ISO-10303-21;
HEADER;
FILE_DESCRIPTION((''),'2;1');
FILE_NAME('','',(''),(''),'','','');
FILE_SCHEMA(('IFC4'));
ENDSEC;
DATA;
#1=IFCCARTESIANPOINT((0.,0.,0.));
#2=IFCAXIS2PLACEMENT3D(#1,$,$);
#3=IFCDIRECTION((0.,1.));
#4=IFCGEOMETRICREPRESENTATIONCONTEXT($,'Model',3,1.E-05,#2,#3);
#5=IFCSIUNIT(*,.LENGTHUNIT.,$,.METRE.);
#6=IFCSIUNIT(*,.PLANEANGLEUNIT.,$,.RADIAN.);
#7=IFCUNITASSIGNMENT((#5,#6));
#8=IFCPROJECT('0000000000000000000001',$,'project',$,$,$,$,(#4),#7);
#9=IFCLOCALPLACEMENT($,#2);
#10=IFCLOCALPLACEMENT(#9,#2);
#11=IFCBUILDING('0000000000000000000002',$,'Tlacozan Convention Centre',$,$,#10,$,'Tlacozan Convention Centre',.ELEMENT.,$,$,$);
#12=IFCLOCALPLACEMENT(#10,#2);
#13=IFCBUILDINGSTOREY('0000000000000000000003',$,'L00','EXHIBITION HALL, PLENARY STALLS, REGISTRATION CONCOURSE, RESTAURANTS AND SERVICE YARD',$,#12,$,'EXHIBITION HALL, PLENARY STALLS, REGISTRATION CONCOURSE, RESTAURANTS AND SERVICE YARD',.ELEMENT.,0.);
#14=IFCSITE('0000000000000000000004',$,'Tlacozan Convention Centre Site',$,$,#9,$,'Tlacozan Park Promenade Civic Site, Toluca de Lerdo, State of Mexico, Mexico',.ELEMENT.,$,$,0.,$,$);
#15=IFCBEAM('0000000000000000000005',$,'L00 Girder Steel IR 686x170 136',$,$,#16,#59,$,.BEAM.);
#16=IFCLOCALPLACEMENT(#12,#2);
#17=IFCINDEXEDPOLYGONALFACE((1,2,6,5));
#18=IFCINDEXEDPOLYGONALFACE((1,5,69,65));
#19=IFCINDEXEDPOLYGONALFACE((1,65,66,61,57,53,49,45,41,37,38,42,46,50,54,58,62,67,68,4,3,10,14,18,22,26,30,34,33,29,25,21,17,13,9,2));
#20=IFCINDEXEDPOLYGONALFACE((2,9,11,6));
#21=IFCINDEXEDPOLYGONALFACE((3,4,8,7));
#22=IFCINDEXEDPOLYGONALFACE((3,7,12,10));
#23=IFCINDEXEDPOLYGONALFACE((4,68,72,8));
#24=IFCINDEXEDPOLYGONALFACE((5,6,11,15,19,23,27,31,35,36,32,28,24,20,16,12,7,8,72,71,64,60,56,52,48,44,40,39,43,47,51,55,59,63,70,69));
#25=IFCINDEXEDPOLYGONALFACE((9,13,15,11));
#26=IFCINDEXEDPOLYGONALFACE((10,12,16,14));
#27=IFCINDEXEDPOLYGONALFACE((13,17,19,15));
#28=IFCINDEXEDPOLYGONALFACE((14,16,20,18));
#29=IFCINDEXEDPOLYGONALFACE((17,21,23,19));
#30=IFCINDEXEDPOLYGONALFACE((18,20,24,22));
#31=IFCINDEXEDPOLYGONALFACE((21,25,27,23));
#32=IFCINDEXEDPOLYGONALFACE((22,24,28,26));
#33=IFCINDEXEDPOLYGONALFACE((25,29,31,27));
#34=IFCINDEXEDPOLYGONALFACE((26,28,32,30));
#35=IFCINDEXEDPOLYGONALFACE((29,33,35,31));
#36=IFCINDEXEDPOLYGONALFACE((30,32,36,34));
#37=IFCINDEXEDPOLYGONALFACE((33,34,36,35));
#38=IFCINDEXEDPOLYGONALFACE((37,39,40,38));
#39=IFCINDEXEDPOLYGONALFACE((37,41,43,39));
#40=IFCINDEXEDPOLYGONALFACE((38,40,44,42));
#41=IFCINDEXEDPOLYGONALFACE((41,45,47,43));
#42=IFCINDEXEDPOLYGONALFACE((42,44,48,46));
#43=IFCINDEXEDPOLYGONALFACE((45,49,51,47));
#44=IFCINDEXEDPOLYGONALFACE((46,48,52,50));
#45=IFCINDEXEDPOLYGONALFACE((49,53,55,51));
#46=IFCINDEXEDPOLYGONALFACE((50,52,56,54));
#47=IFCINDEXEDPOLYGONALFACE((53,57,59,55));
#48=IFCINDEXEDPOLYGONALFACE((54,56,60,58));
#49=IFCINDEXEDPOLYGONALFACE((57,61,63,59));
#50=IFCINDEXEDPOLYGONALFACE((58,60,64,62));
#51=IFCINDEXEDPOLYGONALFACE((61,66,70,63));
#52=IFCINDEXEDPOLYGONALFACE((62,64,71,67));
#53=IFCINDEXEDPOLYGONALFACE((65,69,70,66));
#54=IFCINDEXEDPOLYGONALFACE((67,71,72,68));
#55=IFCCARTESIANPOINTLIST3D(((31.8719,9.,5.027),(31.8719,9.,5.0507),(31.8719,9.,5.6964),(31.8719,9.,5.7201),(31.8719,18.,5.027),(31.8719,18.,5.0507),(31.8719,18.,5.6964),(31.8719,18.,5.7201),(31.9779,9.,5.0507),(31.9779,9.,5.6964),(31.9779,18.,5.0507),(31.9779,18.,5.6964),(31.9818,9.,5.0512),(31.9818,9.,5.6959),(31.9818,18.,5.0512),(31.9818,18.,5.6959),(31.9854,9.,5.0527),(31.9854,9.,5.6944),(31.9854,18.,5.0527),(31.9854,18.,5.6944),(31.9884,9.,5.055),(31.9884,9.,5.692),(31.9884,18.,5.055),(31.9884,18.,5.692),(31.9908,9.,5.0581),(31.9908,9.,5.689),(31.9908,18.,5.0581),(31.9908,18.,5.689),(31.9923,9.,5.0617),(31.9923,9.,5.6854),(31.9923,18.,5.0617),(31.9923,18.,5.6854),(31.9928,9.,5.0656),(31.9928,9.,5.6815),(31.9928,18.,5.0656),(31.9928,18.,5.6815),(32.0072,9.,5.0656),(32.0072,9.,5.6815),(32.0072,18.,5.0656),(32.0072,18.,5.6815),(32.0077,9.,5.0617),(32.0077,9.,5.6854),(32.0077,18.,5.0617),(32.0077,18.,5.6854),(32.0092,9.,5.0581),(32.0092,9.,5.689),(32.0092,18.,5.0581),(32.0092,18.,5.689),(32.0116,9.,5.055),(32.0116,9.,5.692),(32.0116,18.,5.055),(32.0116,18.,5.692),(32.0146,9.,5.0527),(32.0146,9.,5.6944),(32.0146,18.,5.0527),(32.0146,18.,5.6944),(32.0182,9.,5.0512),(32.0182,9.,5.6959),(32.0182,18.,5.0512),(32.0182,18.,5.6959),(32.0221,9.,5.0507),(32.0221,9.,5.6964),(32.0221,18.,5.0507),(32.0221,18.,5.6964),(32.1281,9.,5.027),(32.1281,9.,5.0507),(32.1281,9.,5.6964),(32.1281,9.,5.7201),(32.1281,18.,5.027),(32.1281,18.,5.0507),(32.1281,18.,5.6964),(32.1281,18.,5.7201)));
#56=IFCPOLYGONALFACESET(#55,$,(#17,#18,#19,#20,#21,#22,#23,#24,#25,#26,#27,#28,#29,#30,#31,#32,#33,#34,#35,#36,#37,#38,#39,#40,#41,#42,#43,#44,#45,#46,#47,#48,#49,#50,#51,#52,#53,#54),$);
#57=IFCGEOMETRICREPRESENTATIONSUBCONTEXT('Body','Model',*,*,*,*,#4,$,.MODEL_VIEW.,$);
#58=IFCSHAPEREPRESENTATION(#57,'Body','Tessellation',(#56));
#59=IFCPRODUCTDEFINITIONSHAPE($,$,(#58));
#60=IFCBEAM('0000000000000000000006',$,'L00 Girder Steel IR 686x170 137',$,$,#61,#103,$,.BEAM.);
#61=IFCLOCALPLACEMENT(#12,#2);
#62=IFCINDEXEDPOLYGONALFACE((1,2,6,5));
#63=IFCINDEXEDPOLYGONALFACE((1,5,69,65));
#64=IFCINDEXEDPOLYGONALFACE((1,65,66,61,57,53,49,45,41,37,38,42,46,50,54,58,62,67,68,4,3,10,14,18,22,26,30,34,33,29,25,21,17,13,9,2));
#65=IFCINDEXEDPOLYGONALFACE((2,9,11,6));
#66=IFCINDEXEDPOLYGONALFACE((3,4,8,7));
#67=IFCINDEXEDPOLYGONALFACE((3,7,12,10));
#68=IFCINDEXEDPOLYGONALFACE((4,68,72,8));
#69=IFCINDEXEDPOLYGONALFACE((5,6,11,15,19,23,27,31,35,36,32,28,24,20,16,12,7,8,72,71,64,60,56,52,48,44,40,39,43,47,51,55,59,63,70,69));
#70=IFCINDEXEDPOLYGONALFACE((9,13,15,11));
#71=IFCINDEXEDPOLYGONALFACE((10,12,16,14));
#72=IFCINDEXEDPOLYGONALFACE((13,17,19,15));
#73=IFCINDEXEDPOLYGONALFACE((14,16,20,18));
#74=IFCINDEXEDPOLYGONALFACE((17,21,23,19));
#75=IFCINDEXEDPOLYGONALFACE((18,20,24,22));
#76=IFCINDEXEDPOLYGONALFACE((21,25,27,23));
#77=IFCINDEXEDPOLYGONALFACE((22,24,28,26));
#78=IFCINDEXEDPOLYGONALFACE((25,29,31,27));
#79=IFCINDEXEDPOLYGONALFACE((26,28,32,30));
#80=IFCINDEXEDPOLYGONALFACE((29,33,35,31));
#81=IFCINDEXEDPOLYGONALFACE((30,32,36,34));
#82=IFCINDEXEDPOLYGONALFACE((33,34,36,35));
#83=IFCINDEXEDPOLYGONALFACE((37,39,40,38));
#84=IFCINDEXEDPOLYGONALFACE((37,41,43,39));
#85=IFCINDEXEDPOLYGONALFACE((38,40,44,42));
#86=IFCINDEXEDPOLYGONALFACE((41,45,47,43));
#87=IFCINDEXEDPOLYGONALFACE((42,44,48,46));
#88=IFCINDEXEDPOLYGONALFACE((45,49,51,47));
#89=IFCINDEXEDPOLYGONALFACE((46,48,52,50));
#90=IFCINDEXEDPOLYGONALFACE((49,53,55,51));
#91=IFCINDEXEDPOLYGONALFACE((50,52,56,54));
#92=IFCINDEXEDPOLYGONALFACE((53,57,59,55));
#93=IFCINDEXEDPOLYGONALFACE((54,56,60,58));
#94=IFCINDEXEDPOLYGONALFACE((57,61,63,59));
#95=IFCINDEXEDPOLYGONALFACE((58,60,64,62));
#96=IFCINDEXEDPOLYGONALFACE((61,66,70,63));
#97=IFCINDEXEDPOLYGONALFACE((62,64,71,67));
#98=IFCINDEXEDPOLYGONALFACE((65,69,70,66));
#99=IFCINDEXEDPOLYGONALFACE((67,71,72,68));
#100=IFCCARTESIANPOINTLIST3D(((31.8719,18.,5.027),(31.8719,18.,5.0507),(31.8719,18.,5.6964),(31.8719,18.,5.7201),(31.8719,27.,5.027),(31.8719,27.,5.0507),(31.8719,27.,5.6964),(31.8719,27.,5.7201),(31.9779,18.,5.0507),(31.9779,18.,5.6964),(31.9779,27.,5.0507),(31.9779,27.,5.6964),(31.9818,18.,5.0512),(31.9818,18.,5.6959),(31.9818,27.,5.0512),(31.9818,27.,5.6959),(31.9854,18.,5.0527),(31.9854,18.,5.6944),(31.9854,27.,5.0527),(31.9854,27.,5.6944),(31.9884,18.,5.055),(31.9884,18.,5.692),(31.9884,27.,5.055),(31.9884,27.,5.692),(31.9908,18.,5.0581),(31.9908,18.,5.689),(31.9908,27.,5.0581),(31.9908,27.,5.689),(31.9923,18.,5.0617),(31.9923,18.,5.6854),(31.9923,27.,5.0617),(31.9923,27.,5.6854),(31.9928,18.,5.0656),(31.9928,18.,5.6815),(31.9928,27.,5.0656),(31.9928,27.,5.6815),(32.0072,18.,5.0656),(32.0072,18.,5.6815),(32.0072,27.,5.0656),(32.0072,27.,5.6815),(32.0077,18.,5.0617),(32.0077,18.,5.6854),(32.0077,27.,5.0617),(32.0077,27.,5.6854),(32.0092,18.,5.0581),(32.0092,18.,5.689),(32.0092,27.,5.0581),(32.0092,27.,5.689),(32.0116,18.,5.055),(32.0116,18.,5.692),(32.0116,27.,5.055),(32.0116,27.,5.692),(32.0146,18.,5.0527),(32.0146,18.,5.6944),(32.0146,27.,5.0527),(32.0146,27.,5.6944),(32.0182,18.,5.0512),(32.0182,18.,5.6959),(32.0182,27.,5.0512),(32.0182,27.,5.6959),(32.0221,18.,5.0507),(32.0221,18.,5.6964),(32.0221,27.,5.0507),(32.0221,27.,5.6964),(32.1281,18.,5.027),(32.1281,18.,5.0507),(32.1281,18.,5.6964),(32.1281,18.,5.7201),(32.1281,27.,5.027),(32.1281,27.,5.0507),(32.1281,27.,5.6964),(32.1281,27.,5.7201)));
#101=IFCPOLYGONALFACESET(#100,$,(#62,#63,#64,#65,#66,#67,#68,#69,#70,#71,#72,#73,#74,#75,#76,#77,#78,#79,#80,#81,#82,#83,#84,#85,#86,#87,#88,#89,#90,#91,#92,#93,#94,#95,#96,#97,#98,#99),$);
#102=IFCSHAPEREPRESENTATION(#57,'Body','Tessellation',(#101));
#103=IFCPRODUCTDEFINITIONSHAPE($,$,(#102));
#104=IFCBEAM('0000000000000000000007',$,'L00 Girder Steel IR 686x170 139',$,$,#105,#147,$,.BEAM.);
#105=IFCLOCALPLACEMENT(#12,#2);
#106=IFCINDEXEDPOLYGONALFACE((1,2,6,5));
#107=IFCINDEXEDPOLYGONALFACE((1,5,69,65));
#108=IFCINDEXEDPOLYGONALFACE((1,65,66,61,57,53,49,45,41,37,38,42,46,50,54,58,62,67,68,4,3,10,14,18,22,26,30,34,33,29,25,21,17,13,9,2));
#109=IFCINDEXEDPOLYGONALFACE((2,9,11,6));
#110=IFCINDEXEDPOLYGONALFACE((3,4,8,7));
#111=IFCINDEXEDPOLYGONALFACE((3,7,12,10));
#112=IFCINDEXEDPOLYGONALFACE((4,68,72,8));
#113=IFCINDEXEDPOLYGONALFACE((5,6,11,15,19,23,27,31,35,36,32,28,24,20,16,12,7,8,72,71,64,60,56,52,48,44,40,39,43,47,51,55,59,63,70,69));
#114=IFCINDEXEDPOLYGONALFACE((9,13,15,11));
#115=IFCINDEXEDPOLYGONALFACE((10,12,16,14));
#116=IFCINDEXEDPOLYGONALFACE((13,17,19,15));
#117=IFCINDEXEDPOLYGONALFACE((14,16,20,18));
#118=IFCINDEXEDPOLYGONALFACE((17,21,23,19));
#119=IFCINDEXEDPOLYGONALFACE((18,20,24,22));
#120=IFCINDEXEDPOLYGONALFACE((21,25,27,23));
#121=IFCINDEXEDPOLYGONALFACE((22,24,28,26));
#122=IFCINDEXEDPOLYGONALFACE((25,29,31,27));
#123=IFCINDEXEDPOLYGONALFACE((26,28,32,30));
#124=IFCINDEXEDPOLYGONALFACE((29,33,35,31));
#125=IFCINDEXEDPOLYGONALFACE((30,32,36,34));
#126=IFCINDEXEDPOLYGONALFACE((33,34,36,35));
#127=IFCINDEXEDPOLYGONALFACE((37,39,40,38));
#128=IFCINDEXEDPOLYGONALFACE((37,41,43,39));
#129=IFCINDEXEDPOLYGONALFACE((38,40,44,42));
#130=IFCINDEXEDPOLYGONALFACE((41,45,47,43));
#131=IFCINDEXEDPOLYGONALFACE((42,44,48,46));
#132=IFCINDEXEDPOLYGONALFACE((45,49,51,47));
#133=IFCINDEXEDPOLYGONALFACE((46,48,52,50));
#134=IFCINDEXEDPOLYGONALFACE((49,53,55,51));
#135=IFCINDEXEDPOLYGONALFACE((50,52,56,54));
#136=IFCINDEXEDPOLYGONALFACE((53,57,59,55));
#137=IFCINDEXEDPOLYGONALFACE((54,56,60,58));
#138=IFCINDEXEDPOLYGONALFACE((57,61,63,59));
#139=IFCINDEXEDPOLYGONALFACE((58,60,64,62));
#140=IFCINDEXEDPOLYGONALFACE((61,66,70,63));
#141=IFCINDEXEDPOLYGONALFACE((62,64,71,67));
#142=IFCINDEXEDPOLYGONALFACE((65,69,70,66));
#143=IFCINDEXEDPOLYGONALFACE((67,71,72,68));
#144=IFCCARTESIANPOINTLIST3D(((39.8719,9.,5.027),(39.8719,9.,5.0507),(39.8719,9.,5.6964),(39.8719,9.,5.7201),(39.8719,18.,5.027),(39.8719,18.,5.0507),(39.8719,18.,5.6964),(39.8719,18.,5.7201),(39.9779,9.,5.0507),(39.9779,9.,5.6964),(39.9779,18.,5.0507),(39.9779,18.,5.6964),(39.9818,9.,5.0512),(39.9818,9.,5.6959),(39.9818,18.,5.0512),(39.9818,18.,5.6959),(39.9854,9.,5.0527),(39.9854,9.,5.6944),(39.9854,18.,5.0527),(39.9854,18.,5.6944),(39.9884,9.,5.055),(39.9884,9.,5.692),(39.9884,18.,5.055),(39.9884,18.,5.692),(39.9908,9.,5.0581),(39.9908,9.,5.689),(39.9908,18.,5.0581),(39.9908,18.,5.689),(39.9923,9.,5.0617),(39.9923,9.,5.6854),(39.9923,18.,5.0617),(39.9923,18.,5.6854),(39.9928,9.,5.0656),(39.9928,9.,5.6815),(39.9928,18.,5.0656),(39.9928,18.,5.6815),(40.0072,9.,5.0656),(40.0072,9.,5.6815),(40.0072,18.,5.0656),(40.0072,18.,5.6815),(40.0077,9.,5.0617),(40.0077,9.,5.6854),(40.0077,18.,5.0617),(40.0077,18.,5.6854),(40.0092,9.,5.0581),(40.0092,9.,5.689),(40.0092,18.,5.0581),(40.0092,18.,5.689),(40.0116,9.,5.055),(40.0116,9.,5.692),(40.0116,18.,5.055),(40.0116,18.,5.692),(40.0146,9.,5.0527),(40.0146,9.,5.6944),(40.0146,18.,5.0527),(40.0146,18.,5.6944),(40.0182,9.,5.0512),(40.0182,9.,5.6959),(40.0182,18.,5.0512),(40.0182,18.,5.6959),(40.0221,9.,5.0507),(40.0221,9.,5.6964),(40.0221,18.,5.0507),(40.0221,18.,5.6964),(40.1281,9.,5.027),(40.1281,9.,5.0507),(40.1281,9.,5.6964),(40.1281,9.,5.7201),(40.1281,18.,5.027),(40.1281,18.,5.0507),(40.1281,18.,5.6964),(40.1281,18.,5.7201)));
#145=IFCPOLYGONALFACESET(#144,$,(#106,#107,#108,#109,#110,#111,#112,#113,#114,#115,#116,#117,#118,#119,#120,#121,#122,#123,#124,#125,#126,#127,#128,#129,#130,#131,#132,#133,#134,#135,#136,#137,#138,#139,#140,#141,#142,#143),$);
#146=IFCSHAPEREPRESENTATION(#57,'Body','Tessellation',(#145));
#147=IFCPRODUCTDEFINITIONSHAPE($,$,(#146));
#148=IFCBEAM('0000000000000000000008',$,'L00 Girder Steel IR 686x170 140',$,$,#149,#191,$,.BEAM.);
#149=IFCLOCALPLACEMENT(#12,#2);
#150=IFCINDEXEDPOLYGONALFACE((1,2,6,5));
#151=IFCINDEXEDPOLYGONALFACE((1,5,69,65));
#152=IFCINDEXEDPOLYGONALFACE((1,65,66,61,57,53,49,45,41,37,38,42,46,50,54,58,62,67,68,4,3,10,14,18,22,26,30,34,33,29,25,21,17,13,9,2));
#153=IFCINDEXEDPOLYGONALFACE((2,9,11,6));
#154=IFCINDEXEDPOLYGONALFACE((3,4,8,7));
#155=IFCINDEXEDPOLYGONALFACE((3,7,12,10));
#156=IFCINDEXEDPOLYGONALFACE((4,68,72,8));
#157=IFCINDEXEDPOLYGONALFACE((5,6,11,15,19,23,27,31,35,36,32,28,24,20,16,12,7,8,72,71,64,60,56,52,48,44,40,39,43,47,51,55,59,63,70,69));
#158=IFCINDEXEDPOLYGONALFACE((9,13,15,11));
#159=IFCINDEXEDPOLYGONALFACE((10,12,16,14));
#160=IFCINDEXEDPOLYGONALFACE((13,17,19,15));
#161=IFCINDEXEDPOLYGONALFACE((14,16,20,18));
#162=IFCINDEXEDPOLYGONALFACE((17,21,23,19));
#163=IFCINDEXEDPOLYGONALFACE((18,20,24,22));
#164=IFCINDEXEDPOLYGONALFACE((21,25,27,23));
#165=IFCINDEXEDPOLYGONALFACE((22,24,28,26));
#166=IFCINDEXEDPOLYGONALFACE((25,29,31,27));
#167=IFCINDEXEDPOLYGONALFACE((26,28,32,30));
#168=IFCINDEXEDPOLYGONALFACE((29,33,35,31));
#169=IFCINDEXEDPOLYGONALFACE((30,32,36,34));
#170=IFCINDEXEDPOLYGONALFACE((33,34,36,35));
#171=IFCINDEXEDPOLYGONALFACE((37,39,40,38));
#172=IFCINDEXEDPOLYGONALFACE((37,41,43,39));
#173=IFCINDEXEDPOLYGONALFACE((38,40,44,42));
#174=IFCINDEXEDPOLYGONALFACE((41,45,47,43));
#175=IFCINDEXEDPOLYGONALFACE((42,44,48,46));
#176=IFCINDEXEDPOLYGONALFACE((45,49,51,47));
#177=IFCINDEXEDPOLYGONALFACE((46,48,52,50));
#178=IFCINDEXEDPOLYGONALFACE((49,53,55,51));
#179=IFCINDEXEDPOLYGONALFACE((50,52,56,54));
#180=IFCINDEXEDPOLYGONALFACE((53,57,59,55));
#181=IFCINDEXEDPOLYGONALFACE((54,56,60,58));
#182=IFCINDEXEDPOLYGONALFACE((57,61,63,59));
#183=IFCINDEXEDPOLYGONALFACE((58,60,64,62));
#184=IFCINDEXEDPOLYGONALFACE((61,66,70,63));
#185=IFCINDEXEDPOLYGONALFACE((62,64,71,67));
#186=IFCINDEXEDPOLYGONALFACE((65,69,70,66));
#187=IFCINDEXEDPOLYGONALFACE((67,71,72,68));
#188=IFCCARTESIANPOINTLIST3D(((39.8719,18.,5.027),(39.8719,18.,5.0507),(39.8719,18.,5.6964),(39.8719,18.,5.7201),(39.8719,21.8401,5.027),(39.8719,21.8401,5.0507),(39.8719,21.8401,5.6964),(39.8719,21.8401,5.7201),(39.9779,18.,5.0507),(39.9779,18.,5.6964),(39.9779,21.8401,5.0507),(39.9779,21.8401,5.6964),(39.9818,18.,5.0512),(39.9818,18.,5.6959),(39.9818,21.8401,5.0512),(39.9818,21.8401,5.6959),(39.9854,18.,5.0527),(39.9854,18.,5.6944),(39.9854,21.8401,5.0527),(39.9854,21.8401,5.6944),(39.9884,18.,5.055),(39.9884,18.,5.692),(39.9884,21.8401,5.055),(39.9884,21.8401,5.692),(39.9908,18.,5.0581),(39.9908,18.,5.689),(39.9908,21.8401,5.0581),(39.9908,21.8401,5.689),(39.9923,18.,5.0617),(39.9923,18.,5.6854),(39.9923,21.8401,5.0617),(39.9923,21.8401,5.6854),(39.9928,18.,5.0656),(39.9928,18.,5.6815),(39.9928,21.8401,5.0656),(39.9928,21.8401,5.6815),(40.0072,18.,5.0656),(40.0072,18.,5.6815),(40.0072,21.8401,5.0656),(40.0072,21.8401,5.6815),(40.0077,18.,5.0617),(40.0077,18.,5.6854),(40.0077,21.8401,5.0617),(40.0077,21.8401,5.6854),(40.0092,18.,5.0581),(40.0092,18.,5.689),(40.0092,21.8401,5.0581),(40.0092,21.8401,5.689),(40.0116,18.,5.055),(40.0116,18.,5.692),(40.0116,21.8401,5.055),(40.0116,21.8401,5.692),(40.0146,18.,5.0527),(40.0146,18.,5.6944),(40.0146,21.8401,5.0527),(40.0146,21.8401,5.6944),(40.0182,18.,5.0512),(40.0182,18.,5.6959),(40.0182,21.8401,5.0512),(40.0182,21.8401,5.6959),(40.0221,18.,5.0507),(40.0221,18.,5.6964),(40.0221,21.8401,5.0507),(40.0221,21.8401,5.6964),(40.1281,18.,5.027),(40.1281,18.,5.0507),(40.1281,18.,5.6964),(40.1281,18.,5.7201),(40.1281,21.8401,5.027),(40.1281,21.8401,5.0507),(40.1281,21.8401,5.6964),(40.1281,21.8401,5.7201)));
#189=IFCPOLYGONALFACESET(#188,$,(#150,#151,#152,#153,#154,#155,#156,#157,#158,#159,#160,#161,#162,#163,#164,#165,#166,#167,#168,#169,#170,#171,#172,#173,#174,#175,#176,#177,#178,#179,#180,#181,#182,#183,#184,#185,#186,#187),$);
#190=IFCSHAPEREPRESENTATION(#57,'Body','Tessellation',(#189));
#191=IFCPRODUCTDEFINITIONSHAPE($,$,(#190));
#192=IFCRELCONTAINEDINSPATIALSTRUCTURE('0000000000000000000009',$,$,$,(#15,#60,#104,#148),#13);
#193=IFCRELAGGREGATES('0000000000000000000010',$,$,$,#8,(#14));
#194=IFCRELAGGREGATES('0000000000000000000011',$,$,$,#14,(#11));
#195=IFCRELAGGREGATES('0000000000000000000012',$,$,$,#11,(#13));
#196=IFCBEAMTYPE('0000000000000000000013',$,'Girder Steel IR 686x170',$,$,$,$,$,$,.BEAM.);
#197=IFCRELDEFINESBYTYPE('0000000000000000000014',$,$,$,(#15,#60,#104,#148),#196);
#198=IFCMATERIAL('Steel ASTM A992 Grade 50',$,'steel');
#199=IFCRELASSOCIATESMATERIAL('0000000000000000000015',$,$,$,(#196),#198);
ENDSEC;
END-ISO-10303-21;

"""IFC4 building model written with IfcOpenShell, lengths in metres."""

from ifc_helpers import new_model, si_unit, direction, frame, origin, origin_2d, place, context, subcontext, project, spatial, i_section, extrude, material, material_profile, profile_set, type_object, element, save


model = new_model("IFC4")

# Units and contexts
model_context = context("Model", 3, precision=1e-05, world=origin(), true_north=direction((0.0, 1.0)))
body_context = subcontext(model_context, "Body", "Model", "MODEL_VIEW")
ifc_project = project(units=[si_unit("LENGTHUNIT", "METRE"), si_unit("PLANEANGLEUNIT", "RADIAN")], contexts=[model_context])

# Site, building, storey
site_placement = place(None, origin())
site = spatial("IfcSite", under=ifc_project, at=site_placement, Name="Tlacozan Convention Centre Site", LongName="Tlacozan Park Promenade Civic Site, Toluca de Lerdo, State of Mexico, Mexico", CompositionType="ELEMENT", RefElevation=0.0)
building_placement = place(site_placement, origin())
building = spatial("IfcBuilding", under=site, at=building_placement, Name="Tlacozan Convention Centre", LongName="Tlacozan Convention Centre", CompositionType="ELEMENT")
storey_placement = place(building_placement, origin())
storey = spatial("IfcBuildingStorey", under=building, at=storey_placement, Name="L00", Description="EXHIBITION HALL, PLENARY STALLS, REGISTRATION CONCOURSE, RESTAURANTS AND SERVICE YARD", LongName="EXHIBITION HALL, PLENARY STALLS, REGISTRATION CONCOURSE, RESTAURANTS AND SERVICE YARD", CompositionType="ELEMENT", Elevation=0.0)

# Beams
ifc_material_1 = material(Name="Steel ASTM A992 Grade 50", Category="steel")
ifc_material_profile_1 = material_profile(ifc_material_1, i_section(OverallWidth=0.2561, OverallDepth=0.6931, WebThickness=0.0144, FlangeThickness=0.0237, FilletRadius=0.0149, at=origin_2d()), Name="IR 686x170.0")
ifc_profile_set_1 = profile_set([ifc_material_profile_1], Name="Steel ASTM A992 Grade 50")
beam_type_1 = type_object("IfcBeamType", Name="Girder Steel IR 686x170", PredefinedType="BEAM", material=ifc_profile_set_1)
for number, where, z_axis, x_axis, name in (
    (1, (32.0, 9.0, 5.3735), (0.0, 1.0, 0.0), (-1.0, 0.0, 0.0), "L00 Girder Steel IR 686x170 136"),
    (2, (32.0, 18.0, 5.3735), (0.0, 1.0, 0.0), (-1.0, 0.0, 0.0), "L00 Girder Steel IR 686x170 137"),
    (3, (40.0, 9.0, 5.3735), (0.0, 1.0, 0.0), (-1.0, 0.0, 0.0), "L00 Girder Steel IR 686x170 139"),
):
    element("IfcBeam", number, at=place(storey_placement, frame(where, z_axis=z_axis, x_axis=x_axis)), inside=storey, type_object=beam_type_1, Name=name, PredefinedType="BEAM", context=body_context, shape_type="SweptSolid", body=[
        extrude(i_section(OverallWidth=0.2561, OverallDepth=0.6931, WebThickness=0.0144, FlangeThickness=0.0237, FilletRadius=0.0149, at=origin_2d()), origin(), (0.0, 0.0, 1.0), 9.0),
    ])
beam_1_placement = place(storey_placement, frame((40.0, 18.0, 5.3735), z_axis=(0.0, 1.0, 0.0), x_axis=(-1.0, 0.0, 0.0)))
element("IfcBeam", 4, at=beam_1_placement, inside=storey, type_object=beam_type_1, Name="L00 Girder Steel IR 686x170 140", PredefinedType="BEAM", context=body_context, shape_type="SweptSolid", body=[
    extrude(i_section(OverallWidth=0.2561, OverallDepth=0.6931, WebThickness=0.0144, FlangeThickness=0.0237, FilletRadius=0.0149, at=origin_2d()), origin(), (0.0, 0.0, 1.0), 3.8401),
])

save(model, "model.ifc")
